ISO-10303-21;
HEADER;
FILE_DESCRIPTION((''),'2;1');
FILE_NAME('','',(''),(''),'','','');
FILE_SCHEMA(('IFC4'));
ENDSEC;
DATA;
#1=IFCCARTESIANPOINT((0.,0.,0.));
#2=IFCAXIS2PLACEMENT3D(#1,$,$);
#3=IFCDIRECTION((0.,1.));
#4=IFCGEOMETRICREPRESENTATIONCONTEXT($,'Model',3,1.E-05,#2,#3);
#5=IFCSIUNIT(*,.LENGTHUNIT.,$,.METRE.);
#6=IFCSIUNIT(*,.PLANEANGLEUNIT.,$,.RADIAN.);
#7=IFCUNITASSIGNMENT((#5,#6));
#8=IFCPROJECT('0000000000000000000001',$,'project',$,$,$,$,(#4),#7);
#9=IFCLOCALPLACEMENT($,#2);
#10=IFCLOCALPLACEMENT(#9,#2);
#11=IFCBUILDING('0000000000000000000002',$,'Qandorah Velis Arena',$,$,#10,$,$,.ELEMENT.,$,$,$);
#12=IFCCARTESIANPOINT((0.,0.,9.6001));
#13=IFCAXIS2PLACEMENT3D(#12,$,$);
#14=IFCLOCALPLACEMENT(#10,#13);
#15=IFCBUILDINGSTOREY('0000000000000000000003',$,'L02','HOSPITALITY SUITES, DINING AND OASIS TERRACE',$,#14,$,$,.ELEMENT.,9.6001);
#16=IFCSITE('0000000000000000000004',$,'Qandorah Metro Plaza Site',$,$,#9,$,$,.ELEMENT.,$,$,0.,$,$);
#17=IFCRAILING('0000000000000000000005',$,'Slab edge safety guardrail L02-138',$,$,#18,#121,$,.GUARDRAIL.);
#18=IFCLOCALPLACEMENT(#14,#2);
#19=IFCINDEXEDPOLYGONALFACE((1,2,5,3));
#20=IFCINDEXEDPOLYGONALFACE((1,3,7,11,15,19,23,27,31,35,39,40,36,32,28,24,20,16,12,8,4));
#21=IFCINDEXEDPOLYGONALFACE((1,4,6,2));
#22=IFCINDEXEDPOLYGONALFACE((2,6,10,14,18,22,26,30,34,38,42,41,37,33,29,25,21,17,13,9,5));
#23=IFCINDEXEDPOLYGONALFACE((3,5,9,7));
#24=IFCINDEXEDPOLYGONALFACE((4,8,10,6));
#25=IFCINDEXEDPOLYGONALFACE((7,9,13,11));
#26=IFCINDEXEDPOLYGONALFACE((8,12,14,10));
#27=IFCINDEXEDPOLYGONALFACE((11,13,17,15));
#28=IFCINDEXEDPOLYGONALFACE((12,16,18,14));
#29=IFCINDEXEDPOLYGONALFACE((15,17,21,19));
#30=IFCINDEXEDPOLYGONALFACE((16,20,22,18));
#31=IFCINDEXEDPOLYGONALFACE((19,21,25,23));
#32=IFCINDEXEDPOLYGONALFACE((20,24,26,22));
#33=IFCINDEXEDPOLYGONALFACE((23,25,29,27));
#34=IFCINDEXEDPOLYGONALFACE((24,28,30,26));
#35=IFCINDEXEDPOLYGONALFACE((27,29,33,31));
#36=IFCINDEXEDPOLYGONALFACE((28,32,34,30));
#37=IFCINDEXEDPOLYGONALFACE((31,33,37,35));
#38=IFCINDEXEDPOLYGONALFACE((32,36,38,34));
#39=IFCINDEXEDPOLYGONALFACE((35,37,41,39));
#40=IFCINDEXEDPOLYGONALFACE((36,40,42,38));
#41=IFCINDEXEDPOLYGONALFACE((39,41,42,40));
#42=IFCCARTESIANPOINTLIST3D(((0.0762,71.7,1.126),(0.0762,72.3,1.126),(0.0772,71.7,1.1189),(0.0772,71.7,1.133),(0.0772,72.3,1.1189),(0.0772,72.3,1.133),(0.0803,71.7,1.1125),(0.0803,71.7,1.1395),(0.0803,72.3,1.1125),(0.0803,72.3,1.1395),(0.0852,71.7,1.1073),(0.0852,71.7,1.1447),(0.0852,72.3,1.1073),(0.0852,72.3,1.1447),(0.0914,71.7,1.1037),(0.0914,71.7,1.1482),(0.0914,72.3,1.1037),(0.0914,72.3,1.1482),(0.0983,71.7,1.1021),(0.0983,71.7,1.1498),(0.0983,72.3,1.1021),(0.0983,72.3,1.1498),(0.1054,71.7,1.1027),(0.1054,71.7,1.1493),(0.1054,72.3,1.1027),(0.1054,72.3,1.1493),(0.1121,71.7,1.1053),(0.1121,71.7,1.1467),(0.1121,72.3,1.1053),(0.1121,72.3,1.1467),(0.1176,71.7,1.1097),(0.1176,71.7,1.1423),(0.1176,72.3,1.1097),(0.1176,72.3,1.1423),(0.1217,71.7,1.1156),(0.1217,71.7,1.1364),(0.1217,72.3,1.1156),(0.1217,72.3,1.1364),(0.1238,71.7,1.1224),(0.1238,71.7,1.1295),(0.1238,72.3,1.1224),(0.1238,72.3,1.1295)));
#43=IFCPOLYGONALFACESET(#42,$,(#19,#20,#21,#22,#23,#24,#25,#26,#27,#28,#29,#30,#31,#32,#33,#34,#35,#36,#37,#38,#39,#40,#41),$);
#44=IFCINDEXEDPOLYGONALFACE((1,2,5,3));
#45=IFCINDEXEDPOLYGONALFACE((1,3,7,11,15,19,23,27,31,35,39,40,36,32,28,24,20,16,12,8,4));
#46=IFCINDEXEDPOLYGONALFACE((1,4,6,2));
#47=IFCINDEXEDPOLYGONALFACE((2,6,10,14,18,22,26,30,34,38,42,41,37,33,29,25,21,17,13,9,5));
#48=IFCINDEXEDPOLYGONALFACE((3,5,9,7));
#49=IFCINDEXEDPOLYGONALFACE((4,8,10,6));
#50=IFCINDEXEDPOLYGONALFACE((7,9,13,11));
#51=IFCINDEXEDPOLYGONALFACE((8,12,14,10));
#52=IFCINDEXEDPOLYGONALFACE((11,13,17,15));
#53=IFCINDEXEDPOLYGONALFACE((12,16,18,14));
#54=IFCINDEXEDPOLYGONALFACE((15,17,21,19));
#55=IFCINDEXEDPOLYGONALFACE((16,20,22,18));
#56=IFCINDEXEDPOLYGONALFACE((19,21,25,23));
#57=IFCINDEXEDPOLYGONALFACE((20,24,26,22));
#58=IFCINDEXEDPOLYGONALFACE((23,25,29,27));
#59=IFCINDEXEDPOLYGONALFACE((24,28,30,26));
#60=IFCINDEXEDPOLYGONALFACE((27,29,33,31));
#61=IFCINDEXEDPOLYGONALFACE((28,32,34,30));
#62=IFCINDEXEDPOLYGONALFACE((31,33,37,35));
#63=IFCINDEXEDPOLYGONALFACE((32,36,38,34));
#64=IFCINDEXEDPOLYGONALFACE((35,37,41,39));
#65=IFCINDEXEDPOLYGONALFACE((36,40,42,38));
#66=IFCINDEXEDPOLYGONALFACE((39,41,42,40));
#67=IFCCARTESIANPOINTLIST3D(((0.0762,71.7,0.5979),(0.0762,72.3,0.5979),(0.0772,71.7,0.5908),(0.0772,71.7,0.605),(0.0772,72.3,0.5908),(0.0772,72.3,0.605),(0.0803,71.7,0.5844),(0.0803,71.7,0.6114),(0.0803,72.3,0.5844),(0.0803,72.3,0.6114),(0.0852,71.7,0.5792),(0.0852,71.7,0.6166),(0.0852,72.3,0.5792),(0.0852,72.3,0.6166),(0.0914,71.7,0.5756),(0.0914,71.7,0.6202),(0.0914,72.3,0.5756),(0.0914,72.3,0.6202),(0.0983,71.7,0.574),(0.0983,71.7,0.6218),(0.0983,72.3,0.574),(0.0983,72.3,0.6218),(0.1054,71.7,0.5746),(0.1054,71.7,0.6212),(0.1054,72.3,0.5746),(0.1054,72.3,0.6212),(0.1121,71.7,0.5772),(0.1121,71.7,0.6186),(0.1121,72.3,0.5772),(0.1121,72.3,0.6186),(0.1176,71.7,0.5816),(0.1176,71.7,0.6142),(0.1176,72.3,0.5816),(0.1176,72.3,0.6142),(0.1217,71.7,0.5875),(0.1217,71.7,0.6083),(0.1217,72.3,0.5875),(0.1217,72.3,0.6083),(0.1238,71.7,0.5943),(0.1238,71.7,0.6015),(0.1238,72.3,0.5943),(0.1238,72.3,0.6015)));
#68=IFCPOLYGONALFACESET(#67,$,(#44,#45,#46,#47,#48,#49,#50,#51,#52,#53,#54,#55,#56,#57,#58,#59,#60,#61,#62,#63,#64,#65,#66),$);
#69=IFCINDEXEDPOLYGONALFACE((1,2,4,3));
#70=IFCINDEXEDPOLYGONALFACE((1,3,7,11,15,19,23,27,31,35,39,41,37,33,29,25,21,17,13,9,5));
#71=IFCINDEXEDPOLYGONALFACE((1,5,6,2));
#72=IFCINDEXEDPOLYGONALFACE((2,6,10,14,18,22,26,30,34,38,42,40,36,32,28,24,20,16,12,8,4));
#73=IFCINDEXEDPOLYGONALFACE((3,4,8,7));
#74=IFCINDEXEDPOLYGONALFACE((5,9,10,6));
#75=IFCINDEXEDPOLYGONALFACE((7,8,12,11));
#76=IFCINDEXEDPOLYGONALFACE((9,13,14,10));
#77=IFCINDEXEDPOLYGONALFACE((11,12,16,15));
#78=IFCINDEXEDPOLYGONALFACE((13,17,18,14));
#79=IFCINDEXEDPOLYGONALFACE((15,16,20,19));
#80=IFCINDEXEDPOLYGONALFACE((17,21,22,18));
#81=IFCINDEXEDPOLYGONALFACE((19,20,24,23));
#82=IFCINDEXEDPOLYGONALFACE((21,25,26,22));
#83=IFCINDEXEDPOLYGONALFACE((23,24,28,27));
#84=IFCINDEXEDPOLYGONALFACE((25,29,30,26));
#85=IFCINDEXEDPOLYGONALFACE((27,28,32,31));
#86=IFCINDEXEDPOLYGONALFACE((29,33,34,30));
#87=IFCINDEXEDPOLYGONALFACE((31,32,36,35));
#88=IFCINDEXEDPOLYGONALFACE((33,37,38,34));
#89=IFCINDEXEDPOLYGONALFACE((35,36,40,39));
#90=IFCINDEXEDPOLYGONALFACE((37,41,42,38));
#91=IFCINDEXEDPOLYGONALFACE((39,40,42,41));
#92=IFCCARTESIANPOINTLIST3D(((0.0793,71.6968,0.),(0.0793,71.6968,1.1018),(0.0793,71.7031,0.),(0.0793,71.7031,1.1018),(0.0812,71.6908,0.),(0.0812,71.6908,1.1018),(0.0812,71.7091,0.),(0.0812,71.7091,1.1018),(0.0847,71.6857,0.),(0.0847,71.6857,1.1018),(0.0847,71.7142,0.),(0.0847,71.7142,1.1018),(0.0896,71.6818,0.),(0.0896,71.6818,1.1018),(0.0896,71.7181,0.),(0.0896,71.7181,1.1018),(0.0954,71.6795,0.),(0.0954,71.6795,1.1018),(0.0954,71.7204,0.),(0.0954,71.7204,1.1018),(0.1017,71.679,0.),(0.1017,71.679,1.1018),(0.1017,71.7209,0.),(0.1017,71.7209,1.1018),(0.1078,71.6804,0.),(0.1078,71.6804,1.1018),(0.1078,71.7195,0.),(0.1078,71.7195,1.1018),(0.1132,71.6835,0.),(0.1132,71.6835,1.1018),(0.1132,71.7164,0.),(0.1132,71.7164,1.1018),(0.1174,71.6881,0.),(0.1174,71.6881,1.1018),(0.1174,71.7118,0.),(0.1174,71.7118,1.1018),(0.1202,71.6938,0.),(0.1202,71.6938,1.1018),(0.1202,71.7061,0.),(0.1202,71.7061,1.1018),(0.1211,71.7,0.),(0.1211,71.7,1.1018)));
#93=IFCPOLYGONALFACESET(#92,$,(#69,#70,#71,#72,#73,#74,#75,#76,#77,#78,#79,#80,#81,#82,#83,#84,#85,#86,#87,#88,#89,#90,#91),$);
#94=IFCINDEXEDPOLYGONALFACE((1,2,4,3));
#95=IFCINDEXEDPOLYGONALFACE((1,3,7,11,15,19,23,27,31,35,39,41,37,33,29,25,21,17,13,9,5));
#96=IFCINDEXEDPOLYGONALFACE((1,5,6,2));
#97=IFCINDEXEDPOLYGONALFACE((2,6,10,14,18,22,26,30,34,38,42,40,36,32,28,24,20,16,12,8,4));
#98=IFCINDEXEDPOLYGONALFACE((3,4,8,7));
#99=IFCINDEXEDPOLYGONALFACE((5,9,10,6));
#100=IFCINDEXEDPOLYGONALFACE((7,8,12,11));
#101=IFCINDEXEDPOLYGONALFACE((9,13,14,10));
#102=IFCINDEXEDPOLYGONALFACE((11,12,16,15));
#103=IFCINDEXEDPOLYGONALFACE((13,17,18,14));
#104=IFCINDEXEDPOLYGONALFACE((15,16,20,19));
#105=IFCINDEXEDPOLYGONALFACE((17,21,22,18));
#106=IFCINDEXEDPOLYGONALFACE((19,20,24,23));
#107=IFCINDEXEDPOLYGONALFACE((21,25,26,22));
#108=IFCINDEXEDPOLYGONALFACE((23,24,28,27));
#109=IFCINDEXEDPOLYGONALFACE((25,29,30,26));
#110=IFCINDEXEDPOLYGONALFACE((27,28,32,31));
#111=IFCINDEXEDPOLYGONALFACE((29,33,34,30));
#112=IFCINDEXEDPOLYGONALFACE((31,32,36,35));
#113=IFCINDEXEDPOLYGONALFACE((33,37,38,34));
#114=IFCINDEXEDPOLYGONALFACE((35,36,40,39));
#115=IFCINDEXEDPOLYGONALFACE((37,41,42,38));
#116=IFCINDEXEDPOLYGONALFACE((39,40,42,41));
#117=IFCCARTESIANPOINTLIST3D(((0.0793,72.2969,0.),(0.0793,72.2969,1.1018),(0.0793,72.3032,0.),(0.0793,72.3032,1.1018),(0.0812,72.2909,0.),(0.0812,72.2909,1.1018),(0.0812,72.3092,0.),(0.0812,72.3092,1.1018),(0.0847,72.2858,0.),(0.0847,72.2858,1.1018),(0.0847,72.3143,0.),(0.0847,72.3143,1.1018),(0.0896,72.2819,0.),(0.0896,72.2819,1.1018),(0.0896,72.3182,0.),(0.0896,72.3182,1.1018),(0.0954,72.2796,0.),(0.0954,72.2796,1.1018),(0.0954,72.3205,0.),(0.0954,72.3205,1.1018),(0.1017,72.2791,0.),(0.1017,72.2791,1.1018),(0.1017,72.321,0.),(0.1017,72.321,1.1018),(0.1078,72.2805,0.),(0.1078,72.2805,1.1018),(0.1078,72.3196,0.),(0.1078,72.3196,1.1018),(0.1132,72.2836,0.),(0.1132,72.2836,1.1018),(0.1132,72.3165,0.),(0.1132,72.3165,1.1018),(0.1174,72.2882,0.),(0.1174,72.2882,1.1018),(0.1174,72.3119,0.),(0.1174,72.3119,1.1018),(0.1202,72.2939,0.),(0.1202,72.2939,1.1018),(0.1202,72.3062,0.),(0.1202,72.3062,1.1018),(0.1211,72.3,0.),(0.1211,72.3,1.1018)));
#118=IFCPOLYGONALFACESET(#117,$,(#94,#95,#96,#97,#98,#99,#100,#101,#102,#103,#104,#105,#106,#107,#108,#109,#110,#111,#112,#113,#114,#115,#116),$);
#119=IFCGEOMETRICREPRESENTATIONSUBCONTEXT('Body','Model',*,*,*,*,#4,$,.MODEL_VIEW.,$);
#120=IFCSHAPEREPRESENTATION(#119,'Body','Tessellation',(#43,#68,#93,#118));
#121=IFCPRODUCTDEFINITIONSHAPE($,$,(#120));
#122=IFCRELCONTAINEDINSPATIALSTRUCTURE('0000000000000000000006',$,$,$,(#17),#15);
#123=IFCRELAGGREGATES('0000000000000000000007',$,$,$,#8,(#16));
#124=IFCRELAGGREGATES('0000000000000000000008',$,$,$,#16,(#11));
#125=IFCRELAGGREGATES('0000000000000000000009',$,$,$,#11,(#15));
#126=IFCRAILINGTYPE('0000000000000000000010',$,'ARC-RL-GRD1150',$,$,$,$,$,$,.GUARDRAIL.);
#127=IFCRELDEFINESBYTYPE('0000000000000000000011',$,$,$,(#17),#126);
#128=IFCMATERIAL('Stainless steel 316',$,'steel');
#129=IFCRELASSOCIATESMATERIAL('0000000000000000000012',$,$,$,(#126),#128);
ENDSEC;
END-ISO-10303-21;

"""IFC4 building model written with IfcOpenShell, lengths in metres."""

from ifc_helpers import new_model, si_unit, direction, frame, origin, origin_2d, place, context, subcontext, project, spatial, circle, extrude, material, type_object, element, save


model = new_model("IFC4")

# Units and contexts
model_context = context("Model", 3, precision=1e-05, world=origin(), true_north=direction((0.0, 1.0)))
body_context = subcontext(model_context, "Body", "Model", "MODEL_VIEW")
ifc_project = project(units=[si_unit("LENGTHUNIT", "METRE"), si_unit("PLANEANGLEUNIT", "RADIAN")], contexts=[model_context])

# Site, building, storey
site_placement = place(None, origin())
site = spatial("IfcSite", under=ifc_project, at=site_placement, Name="Qandorah Metro Plaza Site", CompositionType="ELEMENT", RefElevation=0.0)
building_placement = place(site_placement, origin())
building = spatial("IfcBuilding", under=site, at=building_placement, Name="Qandorah Velis Arena", CompositionType="ELEMENT")
storey_placement = place(building_placement, frame((0.0, 0.0, 9.6001)))
storey = spatial("IfcBuildingStorey", under=building, at=storey_placement, Name="L02", Description="HOSPITALITY SUITES, DINING AND OASIS TERRACE", CompositionType="ELEMENT", Elevation=9.6001)

# Railing
ifc_material_1 = material(Name="Stainless steel 316", Category="steel")
railing_type = type_object("IfcRailingType", Name="ARC-RL-GRD1150", PredefinedType="GUARDRAIL", material=ifc_material_1)
railing_1_placement = place(storey_placement, frame((0.1001, 71.7, 0.0)))
element("IfcRailing", 1, at=railing_1_placement, inside=storey, type_object=railing_type, Name="Slab edge safety guardrail L02-138", PredefinedType="GUARDRAIL", context=body_context, shape_type="SweptSolid", body=[
    extrude(circle(Radius=0.0239, at=origin_2d()), frame((0.0, 0.0, 1.126), z_axis=(0.0, 1.0, 0.0), x_axis=(-1.0, 0.0, 0.0)), (0.0, 0.0, 1.0), 0.6001),
    extrude(circle(Radius=0.0239, at=origin_2d()), frame((0.0, 0.0, 0.5979), z_axis=(0.0, 1.0, 0.0), x_axis=(-1.0, 0.0, 0.0)), (0.0, 0.0, 1.0), 0.6001),
    extrude(circle(Radius=0.021, at=origin_2d()), origin(), (0.0, 0.0, 1.0), 1.1018),
    extrude(circle(Radius=0.021, at=origin_2d()), frame((0.0, 0.6001, 0.0)), (0.0, 0.0, 1.0), 1.1018),
])

save(model, "model.ifc")
